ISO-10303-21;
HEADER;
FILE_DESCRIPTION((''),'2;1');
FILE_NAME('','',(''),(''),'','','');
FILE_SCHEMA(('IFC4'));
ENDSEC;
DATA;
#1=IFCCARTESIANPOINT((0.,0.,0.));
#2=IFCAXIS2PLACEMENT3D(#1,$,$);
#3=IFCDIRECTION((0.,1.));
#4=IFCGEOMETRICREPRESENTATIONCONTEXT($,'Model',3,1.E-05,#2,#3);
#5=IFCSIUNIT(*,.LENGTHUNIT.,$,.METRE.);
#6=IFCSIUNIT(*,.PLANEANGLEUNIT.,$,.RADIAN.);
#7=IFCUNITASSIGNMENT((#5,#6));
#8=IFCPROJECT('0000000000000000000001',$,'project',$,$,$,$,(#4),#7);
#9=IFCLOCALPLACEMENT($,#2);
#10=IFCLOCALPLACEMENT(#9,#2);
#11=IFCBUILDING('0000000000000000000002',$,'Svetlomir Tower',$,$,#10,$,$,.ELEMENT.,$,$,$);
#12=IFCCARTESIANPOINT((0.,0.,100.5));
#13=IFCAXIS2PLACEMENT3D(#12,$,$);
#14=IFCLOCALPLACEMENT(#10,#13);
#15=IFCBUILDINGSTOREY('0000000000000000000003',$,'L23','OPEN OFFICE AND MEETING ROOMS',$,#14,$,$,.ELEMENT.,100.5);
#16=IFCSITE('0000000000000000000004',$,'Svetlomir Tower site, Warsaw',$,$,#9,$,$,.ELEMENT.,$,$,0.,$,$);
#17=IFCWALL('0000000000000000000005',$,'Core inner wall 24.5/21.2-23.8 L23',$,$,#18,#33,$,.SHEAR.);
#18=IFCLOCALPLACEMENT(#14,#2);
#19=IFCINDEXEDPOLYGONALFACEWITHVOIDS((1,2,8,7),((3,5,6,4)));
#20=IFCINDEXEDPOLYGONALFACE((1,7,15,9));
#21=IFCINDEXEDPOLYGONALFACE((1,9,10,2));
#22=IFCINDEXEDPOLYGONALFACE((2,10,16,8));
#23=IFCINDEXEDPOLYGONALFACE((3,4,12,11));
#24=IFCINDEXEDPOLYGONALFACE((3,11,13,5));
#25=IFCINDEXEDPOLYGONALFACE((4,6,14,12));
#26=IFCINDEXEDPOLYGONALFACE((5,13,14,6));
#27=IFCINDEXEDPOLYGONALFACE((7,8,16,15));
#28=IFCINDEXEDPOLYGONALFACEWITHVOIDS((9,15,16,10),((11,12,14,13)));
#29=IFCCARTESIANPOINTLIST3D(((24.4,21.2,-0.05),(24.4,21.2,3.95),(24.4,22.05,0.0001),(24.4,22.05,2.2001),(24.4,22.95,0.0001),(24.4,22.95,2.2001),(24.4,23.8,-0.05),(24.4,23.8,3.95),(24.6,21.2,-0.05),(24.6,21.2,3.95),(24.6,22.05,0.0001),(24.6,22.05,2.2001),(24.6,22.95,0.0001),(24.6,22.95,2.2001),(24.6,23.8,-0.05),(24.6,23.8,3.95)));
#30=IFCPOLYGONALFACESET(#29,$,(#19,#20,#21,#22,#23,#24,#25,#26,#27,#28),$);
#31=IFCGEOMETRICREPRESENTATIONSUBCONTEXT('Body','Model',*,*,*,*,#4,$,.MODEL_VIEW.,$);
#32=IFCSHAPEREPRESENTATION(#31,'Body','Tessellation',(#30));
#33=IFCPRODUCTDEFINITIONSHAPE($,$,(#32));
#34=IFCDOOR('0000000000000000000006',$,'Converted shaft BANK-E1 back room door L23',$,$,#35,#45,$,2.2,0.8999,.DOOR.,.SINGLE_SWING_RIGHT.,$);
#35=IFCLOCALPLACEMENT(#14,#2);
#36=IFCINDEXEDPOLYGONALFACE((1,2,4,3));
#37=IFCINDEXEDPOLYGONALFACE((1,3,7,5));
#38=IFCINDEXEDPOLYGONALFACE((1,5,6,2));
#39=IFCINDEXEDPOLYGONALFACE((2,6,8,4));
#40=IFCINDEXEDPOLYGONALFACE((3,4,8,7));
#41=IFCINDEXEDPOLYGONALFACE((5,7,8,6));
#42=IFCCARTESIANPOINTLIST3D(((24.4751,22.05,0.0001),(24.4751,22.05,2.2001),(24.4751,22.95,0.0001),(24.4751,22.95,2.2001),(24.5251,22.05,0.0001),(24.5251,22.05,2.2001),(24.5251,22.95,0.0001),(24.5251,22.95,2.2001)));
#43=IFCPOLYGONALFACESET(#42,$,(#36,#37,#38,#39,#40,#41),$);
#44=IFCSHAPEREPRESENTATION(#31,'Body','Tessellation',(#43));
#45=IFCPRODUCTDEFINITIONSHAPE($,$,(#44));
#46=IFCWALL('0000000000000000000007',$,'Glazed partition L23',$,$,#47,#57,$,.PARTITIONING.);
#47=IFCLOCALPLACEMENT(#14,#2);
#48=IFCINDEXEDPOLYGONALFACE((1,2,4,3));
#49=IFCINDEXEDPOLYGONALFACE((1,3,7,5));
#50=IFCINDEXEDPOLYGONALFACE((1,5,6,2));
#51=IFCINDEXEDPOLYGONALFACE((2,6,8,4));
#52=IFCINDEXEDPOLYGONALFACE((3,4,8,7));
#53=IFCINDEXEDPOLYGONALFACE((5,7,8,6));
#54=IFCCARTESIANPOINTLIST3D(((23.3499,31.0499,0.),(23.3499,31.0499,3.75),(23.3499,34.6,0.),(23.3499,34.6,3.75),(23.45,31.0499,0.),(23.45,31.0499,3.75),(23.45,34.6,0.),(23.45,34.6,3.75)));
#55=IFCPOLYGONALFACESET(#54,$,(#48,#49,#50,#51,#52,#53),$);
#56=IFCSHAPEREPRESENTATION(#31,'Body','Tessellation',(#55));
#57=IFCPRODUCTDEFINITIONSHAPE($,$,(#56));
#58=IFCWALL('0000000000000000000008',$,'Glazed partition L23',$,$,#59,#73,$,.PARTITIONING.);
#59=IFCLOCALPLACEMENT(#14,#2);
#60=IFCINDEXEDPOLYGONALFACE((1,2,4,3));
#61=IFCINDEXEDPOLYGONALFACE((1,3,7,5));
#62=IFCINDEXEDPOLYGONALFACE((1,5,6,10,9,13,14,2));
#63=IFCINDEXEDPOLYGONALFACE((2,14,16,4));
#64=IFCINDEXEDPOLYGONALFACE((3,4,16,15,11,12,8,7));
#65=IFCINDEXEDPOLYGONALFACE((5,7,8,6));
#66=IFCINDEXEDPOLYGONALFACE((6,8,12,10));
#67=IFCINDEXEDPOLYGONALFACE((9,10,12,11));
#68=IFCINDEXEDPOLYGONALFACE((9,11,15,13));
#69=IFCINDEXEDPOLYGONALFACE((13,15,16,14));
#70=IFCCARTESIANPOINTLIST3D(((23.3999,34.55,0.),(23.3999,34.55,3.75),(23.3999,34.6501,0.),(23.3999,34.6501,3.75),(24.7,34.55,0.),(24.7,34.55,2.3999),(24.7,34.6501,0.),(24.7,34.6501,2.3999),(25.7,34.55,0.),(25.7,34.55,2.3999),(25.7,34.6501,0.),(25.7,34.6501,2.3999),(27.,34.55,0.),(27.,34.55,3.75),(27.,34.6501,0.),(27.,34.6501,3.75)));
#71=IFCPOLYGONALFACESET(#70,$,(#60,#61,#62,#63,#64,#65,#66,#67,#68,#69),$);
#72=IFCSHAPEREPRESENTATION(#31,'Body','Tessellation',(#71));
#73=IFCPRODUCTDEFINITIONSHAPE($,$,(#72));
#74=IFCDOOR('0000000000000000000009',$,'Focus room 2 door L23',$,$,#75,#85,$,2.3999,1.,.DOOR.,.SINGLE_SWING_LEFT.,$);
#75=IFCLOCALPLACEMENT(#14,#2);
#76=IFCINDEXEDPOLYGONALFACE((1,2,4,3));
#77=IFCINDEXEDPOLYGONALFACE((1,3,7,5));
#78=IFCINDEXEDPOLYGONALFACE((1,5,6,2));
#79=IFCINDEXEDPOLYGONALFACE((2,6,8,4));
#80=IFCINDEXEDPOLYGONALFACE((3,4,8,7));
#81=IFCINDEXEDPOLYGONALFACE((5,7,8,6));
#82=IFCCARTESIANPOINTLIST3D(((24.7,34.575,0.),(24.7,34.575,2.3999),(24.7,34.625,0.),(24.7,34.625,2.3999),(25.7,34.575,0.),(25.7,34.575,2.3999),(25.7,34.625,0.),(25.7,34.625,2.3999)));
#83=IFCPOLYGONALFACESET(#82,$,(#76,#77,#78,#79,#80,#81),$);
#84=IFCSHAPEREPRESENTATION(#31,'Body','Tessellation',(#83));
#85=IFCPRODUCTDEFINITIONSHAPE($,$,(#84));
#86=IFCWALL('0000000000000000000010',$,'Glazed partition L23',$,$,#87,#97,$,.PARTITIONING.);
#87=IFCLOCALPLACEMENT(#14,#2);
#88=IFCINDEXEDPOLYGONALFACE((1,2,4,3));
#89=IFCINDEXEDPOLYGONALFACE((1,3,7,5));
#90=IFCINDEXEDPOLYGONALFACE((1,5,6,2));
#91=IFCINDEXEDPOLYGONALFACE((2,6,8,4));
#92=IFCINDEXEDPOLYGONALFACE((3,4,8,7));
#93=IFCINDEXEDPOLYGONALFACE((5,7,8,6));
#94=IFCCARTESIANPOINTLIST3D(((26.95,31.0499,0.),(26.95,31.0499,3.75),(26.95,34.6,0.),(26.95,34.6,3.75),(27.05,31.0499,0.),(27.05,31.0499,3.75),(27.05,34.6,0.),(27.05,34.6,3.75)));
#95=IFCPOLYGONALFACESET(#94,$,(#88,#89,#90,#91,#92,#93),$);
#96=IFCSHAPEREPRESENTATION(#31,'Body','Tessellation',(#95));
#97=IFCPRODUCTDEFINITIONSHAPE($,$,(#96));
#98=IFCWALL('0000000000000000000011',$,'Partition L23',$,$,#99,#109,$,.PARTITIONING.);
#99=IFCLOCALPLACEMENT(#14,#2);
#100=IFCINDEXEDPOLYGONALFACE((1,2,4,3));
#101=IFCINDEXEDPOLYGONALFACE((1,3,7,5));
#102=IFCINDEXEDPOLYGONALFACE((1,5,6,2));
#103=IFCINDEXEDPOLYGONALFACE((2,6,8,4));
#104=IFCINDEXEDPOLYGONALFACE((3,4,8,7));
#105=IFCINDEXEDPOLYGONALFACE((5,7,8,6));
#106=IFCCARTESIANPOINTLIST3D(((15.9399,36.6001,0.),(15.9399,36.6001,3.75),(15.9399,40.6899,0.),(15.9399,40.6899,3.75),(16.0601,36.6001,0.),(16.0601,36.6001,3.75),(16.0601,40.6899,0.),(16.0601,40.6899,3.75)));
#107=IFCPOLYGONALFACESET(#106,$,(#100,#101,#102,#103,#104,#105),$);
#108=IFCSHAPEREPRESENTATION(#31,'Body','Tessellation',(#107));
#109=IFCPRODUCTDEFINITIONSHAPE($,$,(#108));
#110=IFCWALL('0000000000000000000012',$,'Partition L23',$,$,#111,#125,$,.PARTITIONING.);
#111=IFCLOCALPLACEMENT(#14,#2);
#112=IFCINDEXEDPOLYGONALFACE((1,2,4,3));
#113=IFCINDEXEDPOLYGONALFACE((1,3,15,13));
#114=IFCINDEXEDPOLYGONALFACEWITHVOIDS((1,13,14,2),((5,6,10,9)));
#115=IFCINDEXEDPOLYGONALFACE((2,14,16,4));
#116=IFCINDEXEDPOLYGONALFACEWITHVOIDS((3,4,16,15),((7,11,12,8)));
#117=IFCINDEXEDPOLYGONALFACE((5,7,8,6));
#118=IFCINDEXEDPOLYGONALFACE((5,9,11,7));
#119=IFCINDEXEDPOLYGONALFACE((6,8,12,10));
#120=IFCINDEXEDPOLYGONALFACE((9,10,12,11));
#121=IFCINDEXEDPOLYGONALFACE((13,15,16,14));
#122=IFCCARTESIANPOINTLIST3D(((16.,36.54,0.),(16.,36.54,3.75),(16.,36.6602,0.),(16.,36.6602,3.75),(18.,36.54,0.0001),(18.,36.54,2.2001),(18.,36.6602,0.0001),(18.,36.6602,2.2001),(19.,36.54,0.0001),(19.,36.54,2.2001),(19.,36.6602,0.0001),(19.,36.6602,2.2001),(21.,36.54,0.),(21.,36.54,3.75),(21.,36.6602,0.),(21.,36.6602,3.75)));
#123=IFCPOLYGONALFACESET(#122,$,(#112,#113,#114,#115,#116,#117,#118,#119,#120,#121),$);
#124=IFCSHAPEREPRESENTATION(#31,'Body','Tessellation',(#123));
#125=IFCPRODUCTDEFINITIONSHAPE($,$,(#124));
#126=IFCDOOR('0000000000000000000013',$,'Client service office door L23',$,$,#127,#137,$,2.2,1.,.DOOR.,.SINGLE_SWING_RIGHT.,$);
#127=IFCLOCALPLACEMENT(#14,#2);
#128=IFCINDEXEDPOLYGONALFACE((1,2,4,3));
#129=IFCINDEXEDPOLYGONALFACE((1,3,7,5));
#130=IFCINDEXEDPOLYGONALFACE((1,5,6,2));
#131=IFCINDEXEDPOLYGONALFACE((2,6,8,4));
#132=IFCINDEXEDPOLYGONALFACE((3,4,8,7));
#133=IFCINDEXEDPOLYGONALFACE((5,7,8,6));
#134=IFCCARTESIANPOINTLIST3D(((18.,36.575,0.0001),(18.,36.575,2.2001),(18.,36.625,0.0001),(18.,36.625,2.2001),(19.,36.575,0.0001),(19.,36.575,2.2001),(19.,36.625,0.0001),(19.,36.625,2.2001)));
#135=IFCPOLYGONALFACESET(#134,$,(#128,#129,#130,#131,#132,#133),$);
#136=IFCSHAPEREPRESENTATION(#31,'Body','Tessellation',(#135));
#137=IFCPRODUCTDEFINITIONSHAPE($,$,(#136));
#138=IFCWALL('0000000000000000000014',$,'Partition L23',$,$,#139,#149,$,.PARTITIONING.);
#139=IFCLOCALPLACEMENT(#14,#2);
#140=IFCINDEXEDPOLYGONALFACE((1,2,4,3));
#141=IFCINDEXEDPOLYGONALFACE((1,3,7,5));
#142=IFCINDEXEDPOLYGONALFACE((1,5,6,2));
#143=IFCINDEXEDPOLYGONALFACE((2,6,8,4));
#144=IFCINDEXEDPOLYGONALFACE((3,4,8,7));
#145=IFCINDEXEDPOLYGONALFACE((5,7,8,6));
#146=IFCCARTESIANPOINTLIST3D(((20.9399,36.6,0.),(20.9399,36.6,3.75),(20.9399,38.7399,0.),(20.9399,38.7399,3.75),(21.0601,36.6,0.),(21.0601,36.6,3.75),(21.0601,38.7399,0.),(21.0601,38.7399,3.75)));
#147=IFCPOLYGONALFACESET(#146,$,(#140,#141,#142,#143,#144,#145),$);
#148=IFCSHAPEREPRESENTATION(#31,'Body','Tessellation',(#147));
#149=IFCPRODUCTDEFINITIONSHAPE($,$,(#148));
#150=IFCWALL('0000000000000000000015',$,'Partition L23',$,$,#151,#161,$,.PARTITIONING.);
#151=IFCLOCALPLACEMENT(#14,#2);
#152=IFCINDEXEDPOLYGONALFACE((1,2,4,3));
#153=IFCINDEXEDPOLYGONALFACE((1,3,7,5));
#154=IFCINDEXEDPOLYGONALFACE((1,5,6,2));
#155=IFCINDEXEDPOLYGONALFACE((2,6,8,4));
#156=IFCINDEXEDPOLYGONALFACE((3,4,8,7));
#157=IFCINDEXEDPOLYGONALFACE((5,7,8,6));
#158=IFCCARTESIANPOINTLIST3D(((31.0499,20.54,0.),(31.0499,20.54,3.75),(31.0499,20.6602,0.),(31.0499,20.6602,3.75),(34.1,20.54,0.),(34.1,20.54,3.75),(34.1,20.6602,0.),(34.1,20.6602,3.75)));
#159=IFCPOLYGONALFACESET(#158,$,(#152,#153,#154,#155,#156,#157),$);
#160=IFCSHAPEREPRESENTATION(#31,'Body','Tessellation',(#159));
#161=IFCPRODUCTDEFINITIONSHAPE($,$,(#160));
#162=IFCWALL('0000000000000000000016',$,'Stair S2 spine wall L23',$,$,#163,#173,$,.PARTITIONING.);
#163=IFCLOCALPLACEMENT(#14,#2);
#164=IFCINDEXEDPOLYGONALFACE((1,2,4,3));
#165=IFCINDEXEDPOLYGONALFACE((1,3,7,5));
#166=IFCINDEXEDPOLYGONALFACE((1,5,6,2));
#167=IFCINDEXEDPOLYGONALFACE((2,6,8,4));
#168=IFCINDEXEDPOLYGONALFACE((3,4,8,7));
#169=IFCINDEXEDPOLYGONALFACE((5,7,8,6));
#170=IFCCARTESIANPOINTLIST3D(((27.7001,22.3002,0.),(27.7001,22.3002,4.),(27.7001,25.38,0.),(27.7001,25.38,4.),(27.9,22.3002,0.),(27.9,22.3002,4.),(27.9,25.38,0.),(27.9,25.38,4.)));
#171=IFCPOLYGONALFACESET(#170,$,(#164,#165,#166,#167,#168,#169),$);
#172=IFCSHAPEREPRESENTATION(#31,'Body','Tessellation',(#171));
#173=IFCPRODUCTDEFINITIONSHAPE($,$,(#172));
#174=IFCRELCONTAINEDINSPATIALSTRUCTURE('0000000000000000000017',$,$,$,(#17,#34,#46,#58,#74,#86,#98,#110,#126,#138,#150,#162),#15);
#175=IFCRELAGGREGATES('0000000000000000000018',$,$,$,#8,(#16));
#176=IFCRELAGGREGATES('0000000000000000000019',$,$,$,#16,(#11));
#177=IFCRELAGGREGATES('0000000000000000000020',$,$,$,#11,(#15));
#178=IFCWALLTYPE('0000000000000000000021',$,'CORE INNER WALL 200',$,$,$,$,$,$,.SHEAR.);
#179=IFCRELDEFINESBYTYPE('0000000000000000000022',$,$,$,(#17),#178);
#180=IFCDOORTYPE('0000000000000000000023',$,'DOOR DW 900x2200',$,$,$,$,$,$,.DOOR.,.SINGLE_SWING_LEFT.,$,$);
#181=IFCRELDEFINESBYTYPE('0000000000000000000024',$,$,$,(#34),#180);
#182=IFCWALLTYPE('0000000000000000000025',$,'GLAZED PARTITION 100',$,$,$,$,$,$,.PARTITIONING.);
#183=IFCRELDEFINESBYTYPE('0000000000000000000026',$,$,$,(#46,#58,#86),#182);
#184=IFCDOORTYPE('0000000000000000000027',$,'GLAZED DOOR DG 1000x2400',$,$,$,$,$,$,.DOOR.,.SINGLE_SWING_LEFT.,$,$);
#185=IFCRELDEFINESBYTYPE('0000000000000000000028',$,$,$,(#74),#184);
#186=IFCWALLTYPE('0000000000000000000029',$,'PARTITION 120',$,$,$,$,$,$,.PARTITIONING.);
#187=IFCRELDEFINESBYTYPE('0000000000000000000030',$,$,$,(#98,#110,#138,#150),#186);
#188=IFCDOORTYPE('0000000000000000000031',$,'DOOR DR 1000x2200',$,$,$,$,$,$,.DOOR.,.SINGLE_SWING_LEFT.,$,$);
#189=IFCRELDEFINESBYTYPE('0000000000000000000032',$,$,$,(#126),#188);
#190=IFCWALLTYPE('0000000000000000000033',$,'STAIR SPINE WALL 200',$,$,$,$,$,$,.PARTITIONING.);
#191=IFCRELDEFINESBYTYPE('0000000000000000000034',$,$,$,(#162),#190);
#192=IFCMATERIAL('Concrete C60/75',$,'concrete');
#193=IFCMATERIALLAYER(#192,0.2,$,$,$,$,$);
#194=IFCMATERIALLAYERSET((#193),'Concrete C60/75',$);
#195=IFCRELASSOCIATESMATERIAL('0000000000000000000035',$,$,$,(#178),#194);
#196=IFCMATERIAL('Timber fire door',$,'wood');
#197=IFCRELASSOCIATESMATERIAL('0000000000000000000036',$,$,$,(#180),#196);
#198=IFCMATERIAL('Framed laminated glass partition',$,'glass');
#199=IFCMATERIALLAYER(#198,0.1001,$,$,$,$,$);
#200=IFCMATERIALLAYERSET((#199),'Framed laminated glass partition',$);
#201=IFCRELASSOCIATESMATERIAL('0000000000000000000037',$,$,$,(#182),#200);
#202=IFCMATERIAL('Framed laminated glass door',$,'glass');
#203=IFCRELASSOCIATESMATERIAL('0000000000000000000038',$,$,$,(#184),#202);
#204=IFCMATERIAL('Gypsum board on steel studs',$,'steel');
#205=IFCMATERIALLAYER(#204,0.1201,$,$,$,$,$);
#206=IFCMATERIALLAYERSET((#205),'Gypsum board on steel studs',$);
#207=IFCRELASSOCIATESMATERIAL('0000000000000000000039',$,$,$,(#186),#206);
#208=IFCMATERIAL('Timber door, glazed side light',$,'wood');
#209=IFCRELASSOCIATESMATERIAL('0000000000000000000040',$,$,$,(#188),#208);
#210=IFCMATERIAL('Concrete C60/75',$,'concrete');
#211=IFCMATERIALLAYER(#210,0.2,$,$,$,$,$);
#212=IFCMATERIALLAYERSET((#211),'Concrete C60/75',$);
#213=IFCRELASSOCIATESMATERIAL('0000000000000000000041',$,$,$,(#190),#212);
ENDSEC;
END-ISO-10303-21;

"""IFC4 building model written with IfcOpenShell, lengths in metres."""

from ifc_helpers import new_model, si_unit, direction, frame, frame_2d, origin, place, context, subcontext, project, spatial, rectangle, extrude, material, layer, layer_set, type_object, element, fill, save


model = new_model("IFC4")

# Units and contexts
model_context = context("Model", 3, precision=1e-05, world=origin(), true_north=direction((0.0, 1.0)))
body_context = subcontext(model_context, "Body", "Model", "MODEL_VIEW")
ifc_project = project(units=[si_unit("LENGTHUNIT", "METRE"), si_unit("PLANEANGLEUNIT", "RADIAN")], contexts=[model_context])

# Site, building, storey
site_placement = place(None, origin())
site = spatial("IfcSite", under=ifc_project, at=site_placement, Name="Svetlomir Tower site, Warsaw", CompositionType="ELEMENT", RefElevation=0.0)
building_placement = place(site_placement, origin())
building = spatial("IfcBuilding", under=site, at=building_placement, Name="Svetlomir Tower", CompositionType="ELEMENT")
storey_placement = place(building_placement, frame((0.0, 0.0, 100.5)))
storey = spatial("IfcBuildingStorey", under=building, at=storey_placement, Name="L23", Description="OPEN OFFICE AND MEETING ROOMS", CompositionType="ELEMENT", Elevation=100.5)

# Shared definitions
ifc_material_1 = material(Name="Concrete C60/75", Category="concrete")
ifc_layer_1 = layer(ifc_material_1, 0.2)
ifc_layer_set_1 = layer_set([ifc_layer_1], Name="Concrete C60/75")
wall_type_1 = type_object("IfcWallType", Name="CORE INNER WALL 200", PredefinedType="SHEAR", material=ifc_layer_set_1)

# Wall, opening, door
wall_1_placement = place(storey_placement, frame((24.5, 21.2, -0.05), z_axis=(0.0, 0.0, 1.0), x_axis=(0.0, 1.0, 0.0)))
wall_1 = element("IfcWall", 1, at=wall_1_placement, inside=storey, type_object=wall_type_1, Name="Core inner wall 24.5/21.2-23.8 L23", PredefinedType="SHEAR", context=body_context, shape_type="SweptSolid", body=[
    extrude(rectangle(XDim=2.6001, YDim=0.2, at=frame_2d((1.3, 0.0))), origin(), (0.0, 0.0, 1.0), 4.0),
])
opening_1_placement = place(wall_1_placement, frame((0.8501, 0.0, 0.05)))
opening_1 = element("IfcOpeningElement", 2, at=opening_1_placement, cuts=wall_1, PredefinedType="OPENING", context=body_context, shape_type="SweptSolid", body=[
    extrude(rectangle(XDim=0.8999, YDim=2.2, at=frame_2d((0.45, 1.1001))), frame((0.0, 0.1099, 0.0), z_axis=(0.0, -1.0, 0.0), x_axis=(1.0, 0.0, 0.0)), (0.0, 0.0, 1.0), 0.22),
])
ifc_material_2 = material(Name="Timber fire door", Category="wood")
door_type_1 = type_object("IfcDoorType", Name="DOOR DW 900x2200", OperationType="SINGLE_SWING_LEFT", PredefinedType="DOOR", material=ifc_material_2)
door_1_placement = place(opening_1_placement, origin())
door_1 = element("IfcDoor", 3, at=door_1_placement, inside=storey, type_object=door_type_1, Name="Converted shaft BANK-E1 back room door L23", OperationType="SINGLE_SWING_RIGHT", OverallHeight=2.2, OverallWidth=0.8999, PredefinedType="DOOR", context=body_context, shape_type="SweptSolid", body=[
    extrude(rectangle(XDim=0.8999, YDim=2.2, at=frame_2d((0.45, 1.1001))), frame((0.0, 0.0249, 0.0), z_axis=(0.0, -1.0, 0.0), x_axis=(1.0, 0.0, 0.0)), (0.0, 0.0, 1.0), 0.05),
])
fill(opening_1, door_1)

# Wall
ifc_material_3 = material(Name="Framed laminated glass partition", Category="glass")
ifc_layer_2 = layer(ifc_material_3, 0.1001)
ifc_layer_set_2 = layer_set([ifc_layer_2], Name="Framed laminated glass partition")
wall_type_2 = type_object("IfcWallType", Name="GLAZED PARTITION 100", PredefinedType="PARTITIONING", material=ifc_layer_set_2)
wall_2_placement = place(storey_placement, frame((23.3999, 31.05, 0.0), z_axis=(0.0, 0.0, 1.0), x_axis=(0.0, 1.0, 0.0)))
element("IfcWall", 4, at=wall_2_placement, inside=storey, type_object=wall_type_2, Name="Glazed partition L23", PredefinedType="PARTITIONING", context=body_context, shape_type="SweptSolid", body=[
    extrude(rectangle(XDim=3.55, YDim=0.1001, at=frame_2d((1.7749, 0.0))), origin(), (0.0, 0.0, 1.0), 3.75),
])

# Wall, opening, door
wall_3_placement = place(storey_placement, frame((23.3999, 34.6001, 0.0), z_axis=(0.0, 0.0, 1.0), x_axis=(1.0, 0.0, 0.0)))
wall_3 = element("IfcWall", 5, at=wall_3_placement, inside=storey, type_object=wall_type_2, Name="Glazed partition L23", PredefinedType="PARTITIONING", context=body_context, shape_type="SweptSolid", body=[
    extrude(rectangle(XDim=3.6001, YDim=0.1001, at=frame_2d((1.8, 0.0))), origin(), (0.0, 0.0, 1.0), 3.75),
])
opening_2_placement = place(wall_3_placement, frame((1.3, 0.0, 0.0)))
opening_2 = element("IfcOpeningElement", 6, at=opening_2_placement, cuts=wall_3, PredefinedType="OPENING", context=body_context, shape_type="SweptSolid", body=[
    extrude(rectangle(XDim=1.0, YDim=2.3999, at=frame_2d((0.5, 1.2))), frame((0.0, 0.0601, 0.0), z_axis=(0.0, -1.0, 0.0), x_axis=(1.0, 0.0, 0.0)), (0.0, 0.0, 1.0), 0.1201),
])
ifc_material_4 = material(Name="Framed laminated glass door", Category="glass")
door_type_2 = type_object("IfcDoorType", Name="GLAZED DOOR DG 1000x2400", OperationType="SINGLE_SWING_LEFT", PredefinedType="DOOR", material=ifc_material_4)
door_2_placement = place(opening_2_placement, origin())
door_2 = element("IfcDoor", 7, at=door_2_placement, inside=storey, type_object=door_type_2, Name="Focus room 2 door L23", OperationType="SINGLE_SWING_LEFT", OverallHeight=2.3999, OverallWidth=1.0, PredefinedType="DOOR", context=body_context, shape_type="SweptSolid", body=[
    extrude(rectangle(XDim=1.0, YDim=2.3999, at=frame_2d((0.5, 1.2))), frame((0.0, 0.0249, 0.0), z_axis=(0.0, -1.0, 0.0), x_axis=(1.0, 0.0, 0.0)), (0.0, 0.0, 1.0), 0.05),
])
fill(opening_2, door_2)

# Walls
wall_4_placement = place(storey_placement, frame((27.0, 31.05, 0.0), z_axis=(0.0, 0.0, 1.0), x_axis=(0.0, 1.0, 0.0)))
element("IfcWall", 8, at=wall_4_placement, inside=storey, type_object=wall_type_2, Name="Glazed partition L23", PredefinedType="PARTITIONING", context=body_context, shape_type="SweptSolid", body=[
    extrude(rectangle(XDim=3.55, YDim=0.1001, at=frame_2d((1.7749, 0.0))), origin(), (0.0, 0.0, 1.0), 3.75),
])
ifc_material_5 = material(Name="Gypsum board on steel studs", Category="steel")
ifc_layer_3 = layer(ifc_material_5, 0.1201)
ifc_layer_set_3 = layer_set([ifc_layer_3], Name="Gypsum board on steel studs")
wall_type_3 = type_object("IfcWallType", Name="PARTITION 120", PredefinedType="PARTITIONING", material=ifc_layer_set_3)
wall_5_placement = place(storey_placement, frame((16.0, 36.6001, 0.0), z_axis=(0.0, 0.0, 1.0), x_axis=(0.0, 1.0, 0.0)))
element("IfcWall", 9, at=wall_5_placement, inside=storey, type_object=wall_type_3, Name="Partition L23", PredefinedType="PARTITIONING", context=body_context, shape_type="SweptSolid", body=[
    extrude(rectangle(XDim=4.0898, YDim=0.1201, at=frame_2d((2.0449, 0.0))), origin(), (0.0, 0.0, 1.0), 3.75),
])

# Wall, opening, door
wall_6_placement = place(storey_placement, frame((16.0, 36.6001, 0.0), z_axis=(0.0, 0.0, 1.0), x_axis=(1.0, 0.0, 0.0)))
wall_6 = element("IfcWall", 10, at=wall_6_placement, inside=storey, type_object=wall_type_3, Name="Partition L23", PredefinedType="PARTITIONING", context=body_context, shape_type="SweptSolid", body=[
    extrude(rectangle(XDim=5.0, YDim=0.1201, at=frame_2d((2.5, 0.0))), origin(), (0.0, 0.0, 1.0), 3.75),
])
opening_3_placement = place(wall_6_placement, frame((2.0, 0.0, 0.0)))
opening_3 = element("IfcOpeningElement", 11, at=opening_3_placement, cuts=wall_6, PredefinedType="OPENING", context=body_context, shape_type="SweptSolid", body=[
    extrude(rectangle(XDim=1.0, YDim=2.2, at=frame_2d((0.5, 1.1001))), frame((0.0, 0.0701, 0.0), z_axis=(0.0, -1.0, 0.0), x_axis=(1.0, 0.0, 0.0)), (0.0, 0.0, 1.0), 0.1401),
])
ifc_material_6 = material(Name="Timber door, glazed side light", Category="wood")
door_type_3 = type_object("IfcDoorType", Name="DOOR DR 1000x2200", OperationType="SINGLE_SWING_LEFT", PredefinedType="DOOR", material=ifc_material_6)
door_3_placement = place(opening_3_placement, origin())
door_3 = element("IfcDoor", 12, at=door_3_placement, inside=storey, type_object=door_type_3, Name="Client service office door L23", OperationType="SINGLE_SWING_RIGHT", OverallHeight=2.2, OverallWidth=1.0, PredefinedType="DOOR", context=body_context, shape_type="SweptSolid", body=[
    extrude(rectangle(XDim=1.0, YDim=2.2, at=frame_2d((0.5, 1.1001))), frame((0.0, 0.0249, 0.0), z_axis=(0.0, -1.0, 0.0), x_axis=(1.0, 0.0, 0.0)), (0.0, 0.0, 1.0), 0.05),
])
fill(opening_3, door_3)

# Walls
wall_7_placement = place(storey_placement, frame((21.0, 36.6001, 0.0), z_axis=(0.0, 0.0, 1.0), x_axis=(0.0, 1.0, 0.0)))
element("IfcWall", 13, at=wall_7_placement, inside=storey, type_object=wall_type_3, Name="Partition L23", PredefinedType="PARTITIONING", context=body_context, shape_type="SweptSolid", body=[
    extrude(rectangle(XDim=2.1399, YDim=0.1201, at=frame_2d((1.0698, 0.0))), origin(), (0.0, 0.0, 1.0), 3.75),
])
wall_8_placement = place(storey_placement, frame((31.05, 20.6001, 0.0), z_axis=(0.0, 0.0, 1.0), x_axis=(1.0, 0.0, 0.0)))
element("IfcWall", 14, at=wall_8_placement, inside=storey, type_object=wall_type_3, Name="Partition L23", PredefinedType="PARTITIONING", context=body_context, shape_type="SweptSolid", body=[
    extrude(rectangle(XDim=3.05, YDim=0.1201, at=frame_2d((1.5249, 0.0))), origin(), (0.0, 0.0, 1.0), 3.75),
])
ifc_material_7 = material(Name="Concrete C60/75", Category="concrete")
ifc_layer_4 = layer(ifc_material_7, 0.2)
ifc_layer_set_4 = layer_set([ifc_layer_4], Name="Concrete C60/75")
wall_type_4 = type_object("IfcWallType", Name="STAIR SPINE WALL 200", PredefinedType="PARTITIONING", material=ifc_layer_set_4)
wall_9_placement = place(storey_placement, frame((27.8, 22.3, 0.0), z_axis=(0.0, 0.0, 1.0), x_axis=(0.0, 1.0, 0.0)))
element("IfcWall", 15, at=wall_9_placement, inside=storey, type_object=wall_type_4, Name="Stair S2 spine wall L23", PredefinedType="PARTITIONING", context=body_context, shape_type="SweptSolid", body=[
    extrude(rectangle(XDim=3.0798, YDim=0.2, at=frame_2d((1.54, 0.0))), origin(), (0.0, 0.0, 1.0), 4.0),
])

save(model, "model.ifc")
